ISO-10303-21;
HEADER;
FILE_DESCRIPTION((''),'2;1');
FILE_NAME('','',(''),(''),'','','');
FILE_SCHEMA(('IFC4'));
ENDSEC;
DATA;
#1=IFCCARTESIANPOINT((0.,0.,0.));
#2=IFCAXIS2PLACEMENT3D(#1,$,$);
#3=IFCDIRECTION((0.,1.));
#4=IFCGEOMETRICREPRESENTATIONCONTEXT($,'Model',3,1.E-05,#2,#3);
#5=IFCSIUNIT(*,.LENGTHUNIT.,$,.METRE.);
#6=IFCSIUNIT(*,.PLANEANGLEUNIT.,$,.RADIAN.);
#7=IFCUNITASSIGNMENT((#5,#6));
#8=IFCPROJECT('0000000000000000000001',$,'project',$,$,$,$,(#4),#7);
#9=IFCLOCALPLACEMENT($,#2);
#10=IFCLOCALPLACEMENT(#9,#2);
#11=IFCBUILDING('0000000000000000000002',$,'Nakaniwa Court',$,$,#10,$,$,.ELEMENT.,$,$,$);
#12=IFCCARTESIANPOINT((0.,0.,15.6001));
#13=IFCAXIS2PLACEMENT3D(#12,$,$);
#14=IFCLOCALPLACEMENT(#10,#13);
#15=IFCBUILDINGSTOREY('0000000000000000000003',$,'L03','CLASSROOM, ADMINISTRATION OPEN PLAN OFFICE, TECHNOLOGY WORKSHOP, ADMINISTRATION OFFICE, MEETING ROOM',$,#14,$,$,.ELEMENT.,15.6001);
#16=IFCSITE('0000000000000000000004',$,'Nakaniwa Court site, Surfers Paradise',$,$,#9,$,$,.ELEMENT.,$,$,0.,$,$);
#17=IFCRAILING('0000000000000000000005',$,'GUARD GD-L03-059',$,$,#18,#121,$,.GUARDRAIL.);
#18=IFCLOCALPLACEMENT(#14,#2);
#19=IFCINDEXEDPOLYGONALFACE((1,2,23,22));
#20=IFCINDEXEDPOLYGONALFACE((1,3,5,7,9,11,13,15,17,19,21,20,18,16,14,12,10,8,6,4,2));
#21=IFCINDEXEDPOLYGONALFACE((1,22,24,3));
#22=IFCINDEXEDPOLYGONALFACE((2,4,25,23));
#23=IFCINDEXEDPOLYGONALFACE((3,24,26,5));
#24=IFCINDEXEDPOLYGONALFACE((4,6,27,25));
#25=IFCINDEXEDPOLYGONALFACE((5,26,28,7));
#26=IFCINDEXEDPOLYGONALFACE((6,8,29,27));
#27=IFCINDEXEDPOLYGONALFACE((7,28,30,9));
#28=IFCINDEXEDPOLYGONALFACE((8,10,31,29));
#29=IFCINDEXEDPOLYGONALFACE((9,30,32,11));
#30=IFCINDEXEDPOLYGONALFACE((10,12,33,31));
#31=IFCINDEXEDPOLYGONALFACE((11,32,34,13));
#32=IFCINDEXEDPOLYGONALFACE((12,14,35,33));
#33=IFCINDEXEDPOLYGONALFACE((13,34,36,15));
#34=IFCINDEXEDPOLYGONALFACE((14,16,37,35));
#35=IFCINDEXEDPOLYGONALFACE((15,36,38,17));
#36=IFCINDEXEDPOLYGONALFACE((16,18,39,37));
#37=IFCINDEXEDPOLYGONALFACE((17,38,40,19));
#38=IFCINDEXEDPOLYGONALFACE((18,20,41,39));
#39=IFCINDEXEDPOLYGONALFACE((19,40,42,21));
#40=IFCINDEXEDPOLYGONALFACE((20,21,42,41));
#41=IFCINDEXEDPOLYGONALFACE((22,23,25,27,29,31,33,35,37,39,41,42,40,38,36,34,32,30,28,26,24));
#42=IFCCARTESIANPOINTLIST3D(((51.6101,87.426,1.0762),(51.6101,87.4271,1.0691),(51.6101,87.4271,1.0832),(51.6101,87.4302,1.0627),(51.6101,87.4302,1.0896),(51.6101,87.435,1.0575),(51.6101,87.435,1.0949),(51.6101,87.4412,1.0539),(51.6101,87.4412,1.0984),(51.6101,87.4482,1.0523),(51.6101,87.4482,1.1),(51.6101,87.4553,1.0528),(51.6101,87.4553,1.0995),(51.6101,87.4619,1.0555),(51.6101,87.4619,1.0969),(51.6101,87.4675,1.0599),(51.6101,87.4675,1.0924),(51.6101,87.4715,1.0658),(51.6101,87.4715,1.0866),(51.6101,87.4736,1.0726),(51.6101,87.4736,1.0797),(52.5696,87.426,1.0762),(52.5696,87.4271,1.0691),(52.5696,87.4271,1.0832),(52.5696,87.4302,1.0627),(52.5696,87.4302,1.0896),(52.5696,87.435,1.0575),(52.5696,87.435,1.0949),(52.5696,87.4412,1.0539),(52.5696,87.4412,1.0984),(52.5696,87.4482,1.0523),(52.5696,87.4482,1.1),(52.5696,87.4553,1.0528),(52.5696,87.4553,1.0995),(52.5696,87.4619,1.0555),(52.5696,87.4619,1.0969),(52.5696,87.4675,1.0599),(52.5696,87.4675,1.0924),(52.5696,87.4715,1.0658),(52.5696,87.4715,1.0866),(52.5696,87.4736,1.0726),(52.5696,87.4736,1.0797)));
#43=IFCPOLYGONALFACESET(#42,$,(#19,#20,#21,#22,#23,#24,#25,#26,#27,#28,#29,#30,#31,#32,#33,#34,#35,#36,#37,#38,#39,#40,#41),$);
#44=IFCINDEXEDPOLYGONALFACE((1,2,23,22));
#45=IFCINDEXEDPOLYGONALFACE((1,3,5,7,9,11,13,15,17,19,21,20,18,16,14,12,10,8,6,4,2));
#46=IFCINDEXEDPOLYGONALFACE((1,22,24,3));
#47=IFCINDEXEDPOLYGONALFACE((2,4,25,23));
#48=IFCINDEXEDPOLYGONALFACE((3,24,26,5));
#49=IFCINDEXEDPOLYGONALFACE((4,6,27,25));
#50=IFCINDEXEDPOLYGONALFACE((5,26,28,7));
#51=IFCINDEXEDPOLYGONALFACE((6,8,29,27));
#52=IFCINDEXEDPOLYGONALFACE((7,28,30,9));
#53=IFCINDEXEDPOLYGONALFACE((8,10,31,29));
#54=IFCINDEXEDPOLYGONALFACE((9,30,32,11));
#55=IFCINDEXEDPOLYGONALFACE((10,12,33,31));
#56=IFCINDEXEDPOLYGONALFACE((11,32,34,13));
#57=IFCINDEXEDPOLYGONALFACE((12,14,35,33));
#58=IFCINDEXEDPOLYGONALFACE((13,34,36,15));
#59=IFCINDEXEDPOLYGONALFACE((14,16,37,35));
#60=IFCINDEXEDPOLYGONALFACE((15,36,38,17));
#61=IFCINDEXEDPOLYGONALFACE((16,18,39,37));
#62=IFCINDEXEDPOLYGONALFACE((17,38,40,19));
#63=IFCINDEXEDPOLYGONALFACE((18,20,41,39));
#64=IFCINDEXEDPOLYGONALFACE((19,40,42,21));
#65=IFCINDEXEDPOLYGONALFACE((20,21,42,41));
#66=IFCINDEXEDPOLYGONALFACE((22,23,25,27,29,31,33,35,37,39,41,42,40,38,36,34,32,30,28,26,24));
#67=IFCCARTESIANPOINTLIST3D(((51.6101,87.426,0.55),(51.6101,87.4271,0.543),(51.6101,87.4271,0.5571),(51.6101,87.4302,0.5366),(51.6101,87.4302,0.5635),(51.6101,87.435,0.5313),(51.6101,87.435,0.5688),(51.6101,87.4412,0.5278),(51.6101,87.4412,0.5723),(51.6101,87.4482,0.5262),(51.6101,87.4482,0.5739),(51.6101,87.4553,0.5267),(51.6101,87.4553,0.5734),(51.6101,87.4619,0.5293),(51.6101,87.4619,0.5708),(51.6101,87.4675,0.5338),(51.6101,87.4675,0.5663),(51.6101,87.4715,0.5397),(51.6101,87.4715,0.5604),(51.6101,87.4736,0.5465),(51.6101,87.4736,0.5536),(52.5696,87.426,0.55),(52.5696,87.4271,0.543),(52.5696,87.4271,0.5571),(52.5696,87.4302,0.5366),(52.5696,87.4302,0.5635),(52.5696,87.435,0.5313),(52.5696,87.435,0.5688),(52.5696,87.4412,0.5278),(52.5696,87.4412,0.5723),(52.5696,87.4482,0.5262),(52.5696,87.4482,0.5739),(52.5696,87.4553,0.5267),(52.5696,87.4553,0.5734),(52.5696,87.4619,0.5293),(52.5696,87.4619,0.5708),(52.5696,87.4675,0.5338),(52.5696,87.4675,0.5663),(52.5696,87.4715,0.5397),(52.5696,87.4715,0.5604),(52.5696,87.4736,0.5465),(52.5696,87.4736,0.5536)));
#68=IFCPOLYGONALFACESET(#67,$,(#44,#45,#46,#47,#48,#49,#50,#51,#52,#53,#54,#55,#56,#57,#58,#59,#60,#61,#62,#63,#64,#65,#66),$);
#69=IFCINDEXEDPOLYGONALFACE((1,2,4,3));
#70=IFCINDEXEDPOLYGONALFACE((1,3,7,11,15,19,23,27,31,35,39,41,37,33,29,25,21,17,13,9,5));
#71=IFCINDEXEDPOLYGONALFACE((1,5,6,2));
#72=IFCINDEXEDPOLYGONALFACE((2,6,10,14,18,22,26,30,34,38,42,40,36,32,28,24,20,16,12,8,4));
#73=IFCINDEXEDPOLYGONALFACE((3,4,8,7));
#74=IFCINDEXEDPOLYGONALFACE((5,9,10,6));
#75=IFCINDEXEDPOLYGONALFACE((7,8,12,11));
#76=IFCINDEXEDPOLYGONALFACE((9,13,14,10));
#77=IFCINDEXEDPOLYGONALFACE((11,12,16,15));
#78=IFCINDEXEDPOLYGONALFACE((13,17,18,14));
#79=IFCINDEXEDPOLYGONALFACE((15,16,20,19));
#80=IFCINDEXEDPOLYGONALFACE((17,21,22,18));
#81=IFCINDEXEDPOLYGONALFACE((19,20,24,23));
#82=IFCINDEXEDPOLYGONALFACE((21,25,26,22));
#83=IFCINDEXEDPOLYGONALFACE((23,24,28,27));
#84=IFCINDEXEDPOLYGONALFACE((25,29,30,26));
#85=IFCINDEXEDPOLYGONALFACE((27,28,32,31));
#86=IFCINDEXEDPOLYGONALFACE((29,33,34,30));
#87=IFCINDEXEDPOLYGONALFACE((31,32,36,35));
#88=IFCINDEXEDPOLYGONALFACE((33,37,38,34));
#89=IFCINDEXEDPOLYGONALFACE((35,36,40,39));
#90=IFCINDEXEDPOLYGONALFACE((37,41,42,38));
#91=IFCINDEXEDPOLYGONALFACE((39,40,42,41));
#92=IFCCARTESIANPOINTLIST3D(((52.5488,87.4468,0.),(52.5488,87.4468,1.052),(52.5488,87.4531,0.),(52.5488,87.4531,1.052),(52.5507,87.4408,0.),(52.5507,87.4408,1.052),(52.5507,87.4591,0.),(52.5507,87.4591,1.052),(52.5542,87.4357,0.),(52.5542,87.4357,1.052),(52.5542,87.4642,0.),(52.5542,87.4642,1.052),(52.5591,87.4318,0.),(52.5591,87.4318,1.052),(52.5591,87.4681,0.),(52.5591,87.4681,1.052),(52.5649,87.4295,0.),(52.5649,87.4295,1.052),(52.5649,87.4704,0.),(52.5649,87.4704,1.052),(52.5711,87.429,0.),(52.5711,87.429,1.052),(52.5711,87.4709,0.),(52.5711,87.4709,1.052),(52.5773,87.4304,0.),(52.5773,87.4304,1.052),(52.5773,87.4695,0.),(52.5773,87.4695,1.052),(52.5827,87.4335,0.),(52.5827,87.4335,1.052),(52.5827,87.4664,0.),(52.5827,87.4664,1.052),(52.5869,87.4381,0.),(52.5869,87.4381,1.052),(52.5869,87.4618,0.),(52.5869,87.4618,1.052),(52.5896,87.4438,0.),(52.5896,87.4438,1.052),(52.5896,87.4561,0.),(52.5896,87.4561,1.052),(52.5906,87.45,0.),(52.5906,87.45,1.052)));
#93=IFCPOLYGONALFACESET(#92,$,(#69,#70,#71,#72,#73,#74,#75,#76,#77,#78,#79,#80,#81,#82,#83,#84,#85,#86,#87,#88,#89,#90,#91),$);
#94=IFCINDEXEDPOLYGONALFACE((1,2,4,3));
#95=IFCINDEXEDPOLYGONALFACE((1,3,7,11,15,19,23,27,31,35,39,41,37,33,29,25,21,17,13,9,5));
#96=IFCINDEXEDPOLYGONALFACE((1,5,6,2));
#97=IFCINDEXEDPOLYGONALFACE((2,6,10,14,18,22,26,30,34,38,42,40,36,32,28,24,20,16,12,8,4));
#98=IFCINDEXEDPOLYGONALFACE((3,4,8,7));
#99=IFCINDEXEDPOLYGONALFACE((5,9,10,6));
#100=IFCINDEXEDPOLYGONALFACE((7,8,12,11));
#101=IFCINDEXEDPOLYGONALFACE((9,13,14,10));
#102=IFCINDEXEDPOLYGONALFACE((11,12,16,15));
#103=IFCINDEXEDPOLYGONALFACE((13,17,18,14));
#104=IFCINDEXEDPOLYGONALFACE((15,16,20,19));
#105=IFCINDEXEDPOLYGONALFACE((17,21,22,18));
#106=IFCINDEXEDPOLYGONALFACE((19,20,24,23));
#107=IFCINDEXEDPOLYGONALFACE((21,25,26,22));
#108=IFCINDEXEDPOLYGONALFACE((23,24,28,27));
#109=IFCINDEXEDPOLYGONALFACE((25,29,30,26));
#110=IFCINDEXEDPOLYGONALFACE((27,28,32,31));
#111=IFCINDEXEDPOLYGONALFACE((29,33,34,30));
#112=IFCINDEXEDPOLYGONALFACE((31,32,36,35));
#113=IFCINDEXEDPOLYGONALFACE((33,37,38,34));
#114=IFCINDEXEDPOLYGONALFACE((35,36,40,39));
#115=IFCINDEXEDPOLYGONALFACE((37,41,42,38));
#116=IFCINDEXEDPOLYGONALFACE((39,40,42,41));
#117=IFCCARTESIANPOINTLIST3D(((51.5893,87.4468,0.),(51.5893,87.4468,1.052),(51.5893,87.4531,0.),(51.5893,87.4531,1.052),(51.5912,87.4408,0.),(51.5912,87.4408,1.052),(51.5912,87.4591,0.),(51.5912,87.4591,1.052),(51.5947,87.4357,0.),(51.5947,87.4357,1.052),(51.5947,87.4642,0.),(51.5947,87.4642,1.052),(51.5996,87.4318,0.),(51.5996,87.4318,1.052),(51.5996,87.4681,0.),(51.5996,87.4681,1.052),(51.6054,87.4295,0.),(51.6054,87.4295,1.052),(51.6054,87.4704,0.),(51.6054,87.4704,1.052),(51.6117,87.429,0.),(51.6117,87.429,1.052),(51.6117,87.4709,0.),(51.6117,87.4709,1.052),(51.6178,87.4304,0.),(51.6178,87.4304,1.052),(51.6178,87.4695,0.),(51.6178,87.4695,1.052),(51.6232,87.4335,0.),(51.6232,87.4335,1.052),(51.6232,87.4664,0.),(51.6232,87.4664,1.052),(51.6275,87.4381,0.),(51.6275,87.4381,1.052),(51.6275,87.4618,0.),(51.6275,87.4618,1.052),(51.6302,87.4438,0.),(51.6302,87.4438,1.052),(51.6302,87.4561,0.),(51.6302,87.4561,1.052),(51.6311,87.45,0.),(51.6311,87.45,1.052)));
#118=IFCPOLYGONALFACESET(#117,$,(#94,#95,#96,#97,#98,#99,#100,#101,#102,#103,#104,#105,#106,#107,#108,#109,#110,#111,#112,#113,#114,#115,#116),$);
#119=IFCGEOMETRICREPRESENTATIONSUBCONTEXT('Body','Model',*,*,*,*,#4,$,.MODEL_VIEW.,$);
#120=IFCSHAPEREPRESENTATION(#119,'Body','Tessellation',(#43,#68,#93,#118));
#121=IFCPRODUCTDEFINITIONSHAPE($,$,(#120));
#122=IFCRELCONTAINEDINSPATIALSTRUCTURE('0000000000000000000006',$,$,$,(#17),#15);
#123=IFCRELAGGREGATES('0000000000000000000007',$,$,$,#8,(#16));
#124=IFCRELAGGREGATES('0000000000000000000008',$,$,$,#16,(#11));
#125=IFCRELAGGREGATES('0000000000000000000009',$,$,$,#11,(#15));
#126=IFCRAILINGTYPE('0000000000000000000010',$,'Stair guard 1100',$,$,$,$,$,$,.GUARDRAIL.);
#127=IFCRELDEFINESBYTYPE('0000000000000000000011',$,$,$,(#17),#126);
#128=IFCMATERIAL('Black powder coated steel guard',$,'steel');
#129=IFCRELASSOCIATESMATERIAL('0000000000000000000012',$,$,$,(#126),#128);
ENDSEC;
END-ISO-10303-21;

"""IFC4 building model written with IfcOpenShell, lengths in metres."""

from ifc_helpers import new_model, si_unit, direction, frame, origin, origin_2d, place, context, subcontext, project, spatial, circle, extrude, material, type_object, element, save


model = new_model("IFC4")

# Units and contexts
model_context = context("Model", 3, precision=1e-05, world=origin(), true_north=direction((0.0, 1.0)))
body_context = subcontext(model_context, "Body", "Model", "MODEL_VIEW")
ifc_project = project(units=[si_unit("LENGTHUNIT", "METRE"), si_unit("PLANEANGLEUNIT", "RADIAN")], contexts=[model_context])

# Site, building, storey
site_placement = place(None, origin())
site = spatial("IfcSite", under=ifc_project, at=site_placement, Name="Nakaniwa Court site, Surfers Paradise", CompositionType="ELEMENT", RefElevation=0.0)
building_placement = place(site_placement, origin())
building = spatial("IfcBuilding", under=site, at=building_placement, Name="Nakaniwa Court", CompositionType="ELEMENT")
storey_placement = place(building_placement, frame((0.0, 0.0, 15.6001)))
storey = spatial("IfcBuildingStorey", under=building, at=storey_placement, Name="L03", Description="CLASSROOM, ADMINISTRATION OPEN PLAN OFFICE, TECHNOLOGY WORKSHOP, ADMINISTRATION OFFICE, MEETING ROOM", CompositionType="ELEMENT", Elevation=15.6001)

# Railing
ifc_material_1 = material(Name="Black powder coated steel guard", Category="steel")
railing_type_1 = type_object("IfcRailingType", Name="Stair guard 1100", PredefinedType="GUARDRAIL", material=ifc_material_1)
railing_1_placement = place(storey_placement, frame((52.5696, 87.45, 0.0)))
element("IfcRailing", 1, at=railing_1_placement, inside=storey, type_object=railing_type_1, Name="GUARD GD-L03-059", PredefinedType="GUARDRAIL", context=body_context, shape_type="SweptSolid", body=[
    extrude(circle(Radius=0.0239, at=origin_2d()), frame((0.0, 0.0, 1.0762), z_axis=(-1.0, 0.0, 0.0), x_axis=(0.0, -1.0, 0.0)), (0.0, 0.0, 1.0), 0.9595),
    extrude(circle(Radius=0.0239, at=origin_2d()), frame((0.0, 0.0, 0.55), z_axis=(-1.0, 0.0, 0.0), x_axis=(0.0, -1.0, 0.0)), (0.0, 0.0, 1.0), 0.9595),
    extrude(circle(Radius=0.021, at=origin_2d()), origin(), (0.0, 0.0, 1.0), 1.052),
    extrude(circle(Radius=0.021, at=origin_2d()), frame((-0.9595, 0.0, 0.0)), (0.0, 0.0, 1.0), 1.052),
])

save(model, "model.ifc")
